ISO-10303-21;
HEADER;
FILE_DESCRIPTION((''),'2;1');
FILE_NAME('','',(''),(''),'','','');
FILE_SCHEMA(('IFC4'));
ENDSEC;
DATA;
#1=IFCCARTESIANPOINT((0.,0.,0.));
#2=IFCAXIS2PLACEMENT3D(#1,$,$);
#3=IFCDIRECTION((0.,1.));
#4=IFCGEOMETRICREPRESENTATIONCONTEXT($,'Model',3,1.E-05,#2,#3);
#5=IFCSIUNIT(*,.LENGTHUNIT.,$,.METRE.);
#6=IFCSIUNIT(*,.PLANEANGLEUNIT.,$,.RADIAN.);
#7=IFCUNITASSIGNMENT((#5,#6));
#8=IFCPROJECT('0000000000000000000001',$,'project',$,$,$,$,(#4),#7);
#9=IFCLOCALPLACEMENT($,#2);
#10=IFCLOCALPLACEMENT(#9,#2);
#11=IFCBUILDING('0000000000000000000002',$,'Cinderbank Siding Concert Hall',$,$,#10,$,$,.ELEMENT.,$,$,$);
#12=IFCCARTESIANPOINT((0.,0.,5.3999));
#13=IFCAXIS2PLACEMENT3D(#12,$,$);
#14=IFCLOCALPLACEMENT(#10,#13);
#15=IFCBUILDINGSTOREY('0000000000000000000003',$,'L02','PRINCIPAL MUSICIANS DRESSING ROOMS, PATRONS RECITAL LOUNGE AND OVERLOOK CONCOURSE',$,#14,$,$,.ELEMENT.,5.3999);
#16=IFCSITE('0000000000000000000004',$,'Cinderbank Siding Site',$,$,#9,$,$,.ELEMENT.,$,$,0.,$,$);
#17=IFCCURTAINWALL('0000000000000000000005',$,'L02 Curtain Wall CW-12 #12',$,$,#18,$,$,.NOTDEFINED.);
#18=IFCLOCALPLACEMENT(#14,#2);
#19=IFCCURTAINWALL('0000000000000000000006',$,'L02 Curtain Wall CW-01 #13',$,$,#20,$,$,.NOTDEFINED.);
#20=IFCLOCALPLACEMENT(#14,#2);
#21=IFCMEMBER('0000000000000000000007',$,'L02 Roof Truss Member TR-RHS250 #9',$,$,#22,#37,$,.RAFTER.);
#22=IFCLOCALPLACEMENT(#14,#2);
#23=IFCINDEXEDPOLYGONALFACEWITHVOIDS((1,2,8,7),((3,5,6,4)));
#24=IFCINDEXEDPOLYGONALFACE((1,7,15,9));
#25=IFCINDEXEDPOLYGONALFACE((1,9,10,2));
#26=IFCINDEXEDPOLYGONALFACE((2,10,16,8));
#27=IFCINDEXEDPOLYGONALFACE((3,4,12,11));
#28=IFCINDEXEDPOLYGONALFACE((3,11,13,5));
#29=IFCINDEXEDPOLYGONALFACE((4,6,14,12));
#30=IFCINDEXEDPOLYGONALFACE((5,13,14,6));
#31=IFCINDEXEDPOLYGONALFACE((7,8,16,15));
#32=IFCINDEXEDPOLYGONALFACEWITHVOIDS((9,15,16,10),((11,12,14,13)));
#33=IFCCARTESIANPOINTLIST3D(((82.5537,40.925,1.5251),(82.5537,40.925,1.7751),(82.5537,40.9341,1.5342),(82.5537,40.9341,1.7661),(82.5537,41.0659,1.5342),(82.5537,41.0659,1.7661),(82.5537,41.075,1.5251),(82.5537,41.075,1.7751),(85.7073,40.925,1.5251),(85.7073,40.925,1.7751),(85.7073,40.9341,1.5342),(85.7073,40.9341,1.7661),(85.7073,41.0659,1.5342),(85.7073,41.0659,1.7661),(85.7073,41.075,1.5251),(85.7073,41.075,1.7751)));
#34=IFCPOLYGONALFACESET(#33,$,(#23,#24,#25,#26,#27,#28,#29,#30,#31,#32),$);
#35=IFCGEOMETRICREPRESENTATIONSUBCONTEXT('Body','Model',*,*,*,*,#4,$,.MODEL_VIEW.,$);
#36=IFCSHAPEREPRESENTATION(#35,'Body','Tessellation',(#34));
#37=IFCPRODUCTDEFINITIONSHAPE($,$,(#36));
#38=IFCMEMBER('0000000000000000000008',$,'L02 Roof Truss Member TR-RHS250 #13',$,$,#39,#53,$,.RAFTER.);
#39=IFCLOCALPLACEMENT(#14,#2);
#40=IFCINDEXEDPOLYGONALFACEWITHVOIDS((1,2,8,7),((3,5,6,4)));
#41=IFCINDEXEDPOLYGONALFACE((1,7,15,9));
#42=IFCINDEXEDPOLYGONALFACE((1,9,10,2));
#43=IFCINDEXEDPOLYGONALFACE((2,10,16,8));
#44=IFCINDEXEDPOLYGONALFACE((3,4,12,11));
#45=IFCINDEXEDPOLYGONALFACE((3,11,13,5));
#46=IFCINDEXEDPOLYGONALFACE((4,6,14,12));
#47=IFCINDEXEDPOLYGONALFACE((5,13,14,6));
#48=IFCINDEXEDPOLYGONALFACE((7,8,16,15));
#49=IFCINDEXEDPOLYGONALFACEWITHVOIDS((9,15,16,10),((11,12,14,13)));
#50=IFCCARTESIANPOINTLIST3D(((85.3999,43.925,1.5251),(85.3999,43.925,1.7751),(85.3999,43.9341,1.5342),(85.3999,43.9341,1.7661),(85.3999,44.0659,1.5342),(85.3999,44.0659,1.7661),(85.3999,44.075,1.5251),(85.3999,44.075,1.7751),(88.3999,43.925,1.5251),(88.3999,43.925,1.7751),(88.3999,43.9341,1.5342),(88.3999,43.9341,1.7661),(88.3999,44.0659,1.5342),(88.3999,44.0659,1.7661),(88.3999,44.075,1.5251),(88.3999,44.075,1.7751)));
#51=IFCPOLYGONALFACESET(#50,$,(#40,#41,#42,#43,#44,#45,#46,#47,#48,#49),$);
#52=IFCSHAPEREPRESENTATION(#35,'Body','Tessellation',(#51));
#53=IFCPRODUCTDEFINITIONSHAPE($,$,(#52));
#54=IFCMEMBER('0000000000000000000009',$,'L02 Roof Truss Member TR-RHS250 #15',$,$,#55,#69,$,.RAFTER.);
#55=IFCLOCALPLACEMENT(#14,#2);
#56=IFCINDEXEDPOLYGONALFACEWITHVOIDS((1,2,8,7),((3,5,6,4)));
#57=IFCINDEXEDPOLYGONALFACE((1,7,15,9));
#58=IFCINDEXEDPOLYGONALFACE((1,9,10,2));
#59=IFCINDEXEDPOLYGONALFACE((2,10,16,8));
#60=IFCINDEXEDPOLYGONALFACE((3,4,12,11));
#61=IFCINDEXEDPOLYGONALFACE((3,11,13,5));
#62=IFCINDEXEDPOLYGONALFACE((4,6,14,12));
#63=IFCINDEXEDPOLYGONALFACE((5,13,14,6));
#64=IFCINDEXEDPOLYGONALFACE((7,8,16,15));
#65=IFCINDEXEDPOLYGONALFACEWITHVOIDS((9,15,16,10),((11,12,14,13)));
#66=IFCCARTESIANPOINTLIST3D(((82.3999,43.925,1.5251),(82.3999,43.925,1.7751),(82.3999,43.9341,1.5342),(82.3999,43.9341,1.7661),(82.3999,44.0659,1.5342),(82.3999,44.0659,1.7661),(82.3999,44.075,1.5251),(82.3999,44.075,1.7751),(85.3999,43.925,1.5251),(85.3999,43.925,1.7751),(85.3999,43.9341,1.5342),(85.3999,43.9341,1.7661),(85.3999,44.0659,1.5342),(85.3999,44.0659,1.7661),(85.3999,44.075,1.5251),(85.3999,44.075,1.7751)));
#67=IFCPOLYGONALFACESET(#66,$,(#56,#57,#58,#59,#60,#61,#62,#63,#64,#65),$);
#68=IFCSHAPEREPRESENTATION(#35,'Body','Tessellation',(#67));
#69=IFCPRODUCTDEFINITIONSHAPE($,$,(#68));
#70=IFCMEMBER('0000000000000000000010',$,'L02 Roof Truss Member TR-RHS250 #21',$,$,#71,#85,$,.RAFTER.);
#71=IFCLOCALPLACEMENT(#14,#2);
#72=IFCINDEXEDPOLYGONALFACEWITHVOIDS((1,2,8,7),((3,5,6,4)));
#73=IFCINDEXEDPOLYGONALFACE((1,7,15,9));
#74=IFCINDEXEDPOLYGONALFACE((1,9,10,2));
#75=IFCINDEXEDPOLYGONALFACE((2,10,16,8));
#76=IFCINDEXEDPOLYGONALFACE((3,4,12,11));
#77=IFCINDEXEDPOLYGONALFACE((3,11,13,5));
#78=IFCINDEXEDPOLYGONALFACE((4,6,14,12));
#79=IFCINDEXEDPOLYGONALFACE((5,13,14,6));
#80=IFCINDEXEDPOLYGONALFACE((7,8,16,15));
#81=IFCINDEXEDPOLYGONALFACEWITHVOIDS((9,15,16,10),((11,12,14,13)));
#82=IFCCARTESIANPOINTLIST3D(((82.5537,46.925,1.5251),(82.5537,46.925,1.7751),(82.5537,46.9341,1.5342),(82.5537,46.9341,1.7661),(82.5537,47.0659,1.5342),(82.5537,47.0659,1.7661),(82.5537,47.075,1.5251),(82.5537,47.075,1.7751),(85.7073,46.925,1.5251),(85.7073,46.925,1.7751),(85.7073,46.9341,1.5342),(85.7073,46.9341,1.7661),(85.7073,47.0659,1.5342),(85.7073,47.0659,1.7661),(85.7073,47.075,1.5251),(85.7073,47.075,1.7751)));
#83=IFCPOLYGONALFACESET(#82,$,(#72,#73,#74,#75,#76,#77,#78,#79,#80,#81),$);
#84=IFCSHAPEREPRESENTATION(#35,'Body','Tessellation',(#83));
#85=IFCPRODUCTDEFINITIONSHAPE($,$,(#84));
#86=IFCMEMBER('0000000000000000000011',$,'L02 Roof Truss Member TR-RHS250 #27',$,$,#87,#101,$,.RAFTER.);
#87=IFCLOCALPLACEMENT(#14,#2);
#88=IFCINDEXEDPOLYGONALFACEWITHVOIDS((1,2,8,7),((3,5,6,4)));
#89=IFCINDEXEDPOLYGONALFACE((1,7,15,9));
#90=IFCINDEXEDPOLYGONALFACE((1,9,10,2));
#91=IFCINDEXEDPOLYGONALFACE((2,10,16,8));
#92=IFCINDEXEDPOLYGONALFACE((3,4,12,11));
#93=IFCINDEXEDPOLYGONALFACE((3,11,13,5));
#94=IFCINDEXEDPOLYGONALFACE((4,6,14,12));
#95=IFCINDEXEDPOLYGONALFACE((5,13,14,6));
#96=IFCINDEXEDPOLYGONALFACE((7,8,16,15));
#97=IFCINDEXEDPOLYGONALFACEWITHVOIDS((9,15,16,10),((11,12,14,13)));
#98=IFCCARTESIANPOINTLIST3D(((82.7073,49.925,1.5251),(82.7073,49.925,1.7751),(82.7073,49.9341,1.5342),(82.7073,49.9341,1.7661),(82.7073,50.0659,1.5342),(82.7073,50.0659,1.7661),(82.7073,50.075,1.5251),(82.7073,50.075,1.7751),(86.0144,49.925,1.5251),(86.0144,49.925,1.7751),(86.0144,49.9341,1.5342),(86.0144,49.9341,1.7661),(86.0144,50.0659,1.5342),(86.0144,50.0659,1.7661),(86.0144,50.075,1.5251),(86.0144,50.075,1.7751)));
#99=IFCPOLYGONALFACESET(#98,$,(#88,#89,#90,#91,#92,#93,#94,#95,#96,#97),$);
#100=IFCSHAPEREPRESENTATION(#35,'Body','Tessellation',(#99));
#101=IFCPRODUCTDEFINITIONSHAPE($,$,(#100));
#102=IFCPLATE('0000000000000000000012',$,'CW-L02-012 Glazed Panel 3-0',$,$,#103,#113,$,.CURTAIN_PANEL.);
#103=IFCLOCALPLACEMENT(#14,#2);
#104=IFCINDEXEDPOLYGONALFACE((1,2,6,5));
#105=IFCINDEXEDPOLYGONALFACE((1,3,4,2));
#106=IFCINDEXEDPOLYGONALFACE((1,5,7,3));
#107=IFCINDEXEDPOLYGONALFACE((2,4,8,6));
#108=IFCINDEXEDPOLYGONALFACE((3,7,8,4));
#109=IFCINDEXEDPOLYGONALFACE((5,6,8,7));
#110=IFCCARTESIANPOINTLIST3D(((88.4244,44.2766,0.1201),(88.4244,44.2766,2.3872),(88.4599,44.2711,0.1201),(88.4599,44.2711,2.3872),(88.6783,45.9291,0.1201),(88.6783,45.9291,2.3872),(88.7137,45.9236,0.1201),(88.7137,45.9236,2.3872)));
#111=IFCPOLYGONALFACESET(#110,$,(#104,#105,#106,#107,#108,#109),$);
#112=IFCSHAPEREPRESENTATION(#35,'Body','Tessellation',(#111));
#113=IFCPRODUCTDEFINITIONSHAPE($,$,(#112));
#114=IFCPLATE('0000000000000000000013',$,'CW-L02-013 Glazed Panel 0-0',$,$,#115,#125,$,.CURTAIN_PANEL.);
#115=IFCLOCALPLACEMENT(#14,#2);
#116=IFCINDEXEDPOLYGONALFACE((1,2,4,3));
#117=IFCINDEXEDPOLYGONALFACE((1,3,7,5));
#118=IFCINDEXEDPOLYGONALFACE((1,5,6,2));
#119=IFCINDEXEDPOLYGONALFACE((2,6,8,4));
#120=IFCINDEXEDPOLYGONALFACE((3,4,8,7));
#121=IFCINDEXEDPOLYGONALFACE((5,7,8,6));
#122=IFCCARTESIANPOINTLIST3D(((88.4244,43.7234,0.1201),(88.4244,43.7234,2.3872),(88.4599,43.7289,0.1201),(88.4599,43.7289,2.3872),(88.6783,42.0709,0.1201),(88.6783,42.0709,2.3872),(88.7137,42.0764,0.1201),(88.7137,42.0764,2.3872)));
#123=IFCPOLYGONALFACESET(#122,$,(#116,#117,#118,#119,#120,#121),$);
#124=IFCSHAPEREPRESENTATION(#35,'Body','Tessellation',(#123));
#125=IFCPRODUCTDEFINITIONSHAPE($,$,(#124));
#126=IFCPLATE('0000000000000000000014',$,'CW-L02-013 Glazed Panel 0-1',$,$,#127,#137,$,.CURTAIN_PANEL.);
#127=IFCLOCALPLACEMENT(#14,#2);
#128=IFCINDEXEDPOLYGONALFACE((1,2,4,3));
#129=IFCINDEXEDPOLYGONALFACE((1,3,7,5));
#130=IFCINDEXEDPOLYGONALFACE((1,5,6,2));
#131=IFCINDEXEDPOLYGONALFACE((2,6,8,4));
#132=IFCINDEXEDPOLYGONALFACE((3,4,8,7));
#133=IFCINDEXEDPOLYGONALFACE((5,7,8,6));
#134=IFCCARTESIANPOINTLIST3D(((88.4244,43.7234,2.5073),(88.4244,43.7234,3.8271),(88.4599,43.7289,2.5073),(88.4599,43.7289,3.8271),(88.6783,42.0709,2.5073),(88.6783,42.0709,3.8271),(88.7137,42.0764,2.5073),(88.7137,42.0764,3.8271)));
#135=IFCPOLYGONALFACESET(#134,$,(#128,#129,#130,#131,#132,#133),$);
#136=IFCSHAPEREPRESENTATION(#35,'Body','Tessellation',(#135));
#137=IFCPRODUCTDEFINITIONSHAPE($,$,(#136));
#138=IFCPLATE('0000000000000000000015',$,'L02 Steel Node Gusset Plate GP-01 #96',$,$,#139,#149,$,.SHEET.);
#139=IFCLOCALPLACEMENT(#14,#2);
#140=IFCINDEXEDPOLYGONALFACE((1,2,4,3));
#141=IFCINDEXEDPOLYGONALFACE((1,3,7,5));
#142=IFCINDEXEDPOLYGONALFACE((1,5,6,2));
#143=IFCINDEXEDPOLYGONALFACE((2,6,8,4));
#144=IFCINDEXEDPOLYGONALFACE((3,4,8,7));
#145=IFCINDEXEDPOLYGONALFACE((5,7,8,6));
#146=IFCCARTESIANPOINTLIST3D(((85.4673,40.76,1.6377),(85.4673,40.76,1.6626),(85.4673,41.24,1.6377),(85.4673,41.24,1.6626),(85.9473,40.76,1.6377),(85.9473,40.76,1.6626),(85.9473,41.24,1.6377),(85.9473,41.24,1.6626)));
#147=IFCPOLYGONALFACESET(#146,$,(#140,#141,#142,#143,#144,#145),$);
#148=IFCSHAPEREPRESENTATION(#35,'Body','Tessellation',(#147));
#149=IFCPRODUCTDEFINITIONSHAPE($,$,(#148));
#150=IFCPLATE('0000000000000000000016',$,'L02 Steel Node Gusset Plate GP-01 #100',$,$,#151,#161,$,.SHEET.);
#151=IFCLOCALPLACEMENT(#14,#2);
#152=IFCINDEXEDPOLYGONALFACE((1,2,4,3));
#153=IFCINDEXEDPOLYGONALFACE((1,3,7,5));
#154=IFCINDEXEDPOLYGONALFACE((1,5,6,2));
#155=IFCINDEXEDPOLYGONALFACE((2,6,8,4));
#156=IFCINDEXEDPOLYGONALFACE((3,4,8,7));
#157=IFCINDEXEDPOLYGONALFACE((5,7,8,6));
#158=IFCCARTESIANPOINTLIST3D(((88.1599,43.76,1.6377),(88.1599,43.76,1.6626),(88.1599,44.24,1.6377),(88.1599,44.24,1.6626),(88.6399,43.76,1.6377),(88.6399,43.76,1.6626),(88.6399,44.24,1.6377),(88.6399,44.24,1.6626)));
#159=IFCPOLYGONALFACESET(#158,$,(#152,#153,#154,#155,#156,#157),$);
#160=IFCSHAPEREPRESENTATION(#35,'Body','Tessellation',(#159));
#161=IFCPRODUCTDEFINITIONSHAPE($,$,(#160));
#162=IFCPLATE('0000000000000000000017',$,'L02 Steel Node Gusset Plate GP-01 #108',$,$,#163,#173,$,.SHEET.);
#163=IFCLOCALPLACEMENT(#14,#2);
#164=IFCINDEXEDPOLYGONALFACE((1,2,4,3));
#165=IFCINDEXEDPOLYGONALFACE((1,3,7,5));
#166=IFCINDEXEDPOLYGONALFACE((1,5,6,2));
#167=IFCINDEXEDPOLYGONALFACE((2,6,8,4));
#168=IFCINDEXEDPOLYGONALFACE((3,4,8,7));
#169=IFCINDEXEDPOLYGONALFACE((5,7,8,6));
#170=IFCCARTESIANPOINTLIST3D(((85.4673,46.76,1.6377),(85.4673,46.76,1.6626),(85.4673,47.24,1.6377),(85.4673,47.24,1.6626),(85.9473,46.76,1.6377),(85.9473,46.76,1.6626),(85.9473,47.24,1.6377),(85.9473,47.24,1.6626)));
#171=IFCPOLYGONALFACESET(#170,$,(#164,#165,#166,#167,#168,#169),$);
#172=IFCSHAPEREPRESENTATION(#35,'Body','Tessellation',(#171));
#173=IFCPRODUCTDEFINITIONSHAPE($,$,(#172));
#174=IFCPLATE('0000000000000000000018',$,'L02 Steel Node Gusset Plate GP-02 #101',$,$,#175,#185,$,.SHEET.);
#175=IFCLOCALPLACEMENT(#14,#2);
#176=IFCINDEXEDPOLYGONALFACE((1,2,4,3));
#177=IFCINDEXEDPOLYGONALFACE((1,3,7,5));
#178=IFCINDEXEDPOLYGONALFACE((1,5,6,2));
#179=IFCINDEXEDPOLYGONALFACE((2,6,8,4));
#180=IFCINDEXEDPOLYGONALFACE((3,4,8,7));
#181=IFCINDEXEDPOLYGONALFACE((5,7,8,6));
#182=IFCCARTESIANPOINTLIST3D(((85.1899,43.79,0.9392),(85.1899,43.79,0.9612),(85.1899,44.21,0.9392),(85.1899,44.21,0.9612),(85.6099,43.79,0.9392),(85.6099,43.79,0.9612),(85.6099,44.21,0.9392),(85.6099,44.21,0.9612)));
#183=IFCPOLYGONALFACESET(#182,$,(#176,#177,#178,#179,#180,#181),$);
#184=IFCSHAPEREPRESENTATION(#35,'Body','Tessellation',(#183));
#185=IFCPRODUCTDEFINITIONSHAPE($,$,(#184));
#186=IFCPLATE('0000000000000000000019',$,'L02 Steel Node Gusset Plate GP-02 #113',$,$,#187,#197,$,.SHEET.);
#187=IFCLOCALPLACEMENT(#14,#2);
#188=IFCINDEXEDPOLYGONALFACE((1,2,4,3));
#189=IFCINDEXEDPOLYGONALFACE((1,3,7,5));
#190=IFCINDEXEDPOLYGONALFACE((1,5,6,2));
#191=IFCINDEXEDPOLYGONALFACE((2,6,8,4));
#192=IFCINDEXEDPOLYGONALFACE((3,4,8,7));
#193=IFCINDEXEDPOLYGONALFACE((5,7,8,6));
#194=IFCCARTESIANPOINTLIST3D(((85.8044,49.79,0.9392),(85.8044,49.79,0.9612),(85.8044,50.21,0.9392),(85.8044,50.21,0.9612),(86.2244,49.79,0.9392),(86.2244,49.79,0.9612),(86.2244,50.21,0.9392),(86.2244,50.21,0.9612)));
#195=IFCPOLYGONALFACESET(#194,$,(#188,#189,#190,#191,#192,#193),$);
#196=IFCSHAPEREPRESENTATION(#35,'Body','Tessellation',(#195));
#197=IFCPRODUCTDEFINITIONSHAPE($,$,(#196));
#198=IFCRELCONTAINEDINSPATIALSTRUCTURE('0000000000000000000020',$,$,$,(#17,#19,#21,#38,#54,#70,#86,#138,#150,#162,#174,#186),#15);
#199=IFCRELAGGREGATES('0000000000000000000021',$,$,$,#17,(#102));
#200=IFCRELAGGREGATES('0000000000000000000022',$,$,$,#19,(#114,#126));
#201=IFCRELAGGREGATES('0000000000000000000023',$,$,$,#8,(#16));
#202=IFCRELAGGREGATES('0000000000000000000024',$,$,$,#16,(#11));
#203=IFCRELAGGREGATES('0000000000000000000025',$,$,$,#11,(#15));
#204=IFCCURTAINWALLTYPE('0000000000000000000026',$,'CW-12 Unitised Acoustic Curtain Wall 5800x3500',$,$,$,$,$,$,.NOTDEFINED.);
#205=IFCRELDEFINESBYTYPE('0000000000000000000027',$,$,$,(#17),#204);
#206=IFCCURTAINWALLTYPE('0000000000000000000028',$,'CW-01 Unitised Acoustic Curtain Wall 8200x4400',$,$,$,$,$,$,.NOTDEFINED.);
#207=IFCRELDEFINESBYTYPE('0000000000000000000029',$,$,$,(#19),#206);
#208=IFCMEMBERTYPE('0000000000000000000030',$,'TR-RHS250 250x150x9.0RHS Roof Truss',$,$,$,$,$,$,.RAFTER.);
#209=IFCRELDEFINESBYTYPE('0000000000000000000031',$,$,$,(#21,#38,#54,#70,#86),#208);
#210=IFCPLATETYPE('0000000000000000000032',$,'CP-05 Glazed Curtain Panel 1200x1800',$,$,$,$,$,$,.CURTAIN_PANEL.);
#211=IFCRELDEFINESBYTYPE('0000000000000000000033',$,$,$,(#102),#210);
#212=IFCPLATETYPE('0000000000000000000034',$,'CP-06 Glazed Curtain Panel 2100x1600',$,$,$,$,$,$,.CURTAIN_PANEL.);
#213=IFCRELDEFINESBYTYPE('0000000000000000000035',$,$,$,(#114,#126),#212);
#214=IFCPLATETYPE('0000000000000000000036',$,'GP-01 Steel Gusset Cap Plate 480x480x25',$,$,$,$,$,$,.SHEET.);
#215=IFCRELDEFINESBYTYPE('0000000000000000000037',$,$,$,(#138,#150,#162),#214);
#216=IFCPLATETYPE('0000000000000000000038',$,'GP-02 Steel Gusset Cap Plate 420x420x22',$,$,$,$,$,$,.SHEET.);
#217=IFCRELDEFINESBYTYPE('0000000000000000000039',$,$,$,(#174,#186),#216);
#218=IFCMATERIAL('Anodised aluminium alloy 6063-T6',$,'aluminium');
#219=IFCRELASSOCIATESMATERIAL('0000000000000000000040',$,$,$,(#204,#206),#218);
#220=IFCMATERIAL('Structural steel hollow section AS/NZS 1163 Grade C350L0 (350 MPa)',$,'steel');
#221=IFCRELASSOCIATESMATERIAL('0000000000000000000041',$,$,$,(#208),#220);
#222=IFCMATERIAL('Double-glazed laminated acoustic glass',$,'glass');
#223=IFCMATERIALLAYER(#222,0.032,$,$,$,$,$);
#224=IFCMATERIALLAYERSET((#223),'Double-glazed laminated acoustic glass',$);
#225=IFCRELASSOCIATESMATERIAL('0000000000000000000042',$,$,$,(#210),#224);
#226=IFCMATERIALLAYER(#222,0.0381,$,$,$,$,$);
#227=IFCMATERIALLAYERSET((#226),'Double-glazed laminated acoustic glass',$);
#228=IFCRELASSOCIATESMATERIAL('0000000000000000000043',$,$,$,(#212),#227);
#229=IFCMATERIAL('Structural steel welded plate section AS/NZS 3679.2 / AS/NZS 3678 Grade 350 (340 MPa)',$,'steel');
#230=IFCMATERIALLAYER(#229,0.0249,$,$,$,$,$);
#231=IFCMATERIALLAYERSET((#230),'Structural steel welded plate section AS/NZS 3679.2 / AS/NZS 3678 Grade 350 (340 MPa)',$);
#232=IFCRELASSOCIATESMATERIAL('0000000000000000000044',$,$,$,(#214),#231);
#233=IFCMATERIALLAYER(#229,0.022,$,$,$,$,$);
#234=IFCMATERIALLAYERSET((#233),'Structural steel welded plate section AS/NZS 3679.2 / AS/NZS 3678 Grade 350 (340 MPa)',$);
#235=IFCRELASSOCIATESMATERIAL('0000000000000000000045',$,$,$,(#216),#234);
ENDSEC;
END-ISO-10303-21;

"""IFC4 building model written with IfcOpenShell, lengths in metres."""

from ifc_helpers import new_model, si_unit, direction, frame, origin, origin_2d, place, context, subcontext, project, spatial, rectangle, hollow_rectangle, extrude, material, layer, layer_set, material_profile, profile_set, type_object, element, aggregate, save


model = new_model("IFC4")

# Units and contexts
model_context = context("Model", 3, precision=1e-05, world=origin(), true_north=direction((0.0, 1.0)))
body_context = subcontext(model_context, "Body", "Model", "MODEL_VIEW")
ifc_project = project(units=[si_unit("LENGTHUNIT", "METRE"), si_unit("PLANEANGLEUNIT", "RADIAN")], contexts=[model_context])

# Site, building, storey
site_placement = place(None, origin())
site = spatial("IfcSite", under=ifc_project, at=site_placement, Name="Cinderbank Siding Site", CompositionType="ELEMENT", RefElevation=0.0)
building_placement = place(site_placement, origin())
building = spatial("IfcBuilding", under=site, at=building_placement, Name="Cinderbank Siding Concert Hall", CompositionType="ELEMENT")
storey_placement = place(building_placement, frame((0.0, 0.0, 5.3999)))
storey = spatial("IfcBuildingStorey", under=building, at=storey_placement, Name="L02", Description="PRINCIPAL MUSICIANS DRESSING ROOMS, PATRONS RECITAL LOUNGE AND OVERLOOK CONCOURSE", CompositionType="ELEMENT", Elevation=5.3999)

# Shared definitions
ifc_material_1 = material(Name="Structural steel hollow section AS/NZS 1163 Grade C350L0 (350 MPa)", Category="steel")

# Shared definitions
ifc_material_2 = material(Name="Structural steel welded plate section AS/NZS 3679.2 / AS/NZS 3678 Grade 350 (340 MPa)", Category="steel")

# Curtain wall
ifc_material_3 = material(Name="Anodised aluminium alloy 6063-T6", Category="aluminium")
curtain_wall_type_1 = type_object("IfcCurtainWallType", Name="CW-12 Unitised Acoustic Curtain Wall 5800x3500", PredefinedType="NOTDEFINED", material=ifc_material_3)
curtain_wall_1_placement = place(storey_placement, origin())
curtain_wall_1 = element("IfcCurtainWall", 1, at=curtain_wall_1_placement, inside=storey, type_object=curtain_wall_type_1, Name="L02 Curtain Wall CW-12 #12", PredefinedType="NOTDEFINED")

# Curtain wall
curtain_wall_type_2 = type_object("IfcCurtainWallType", Name="CW-01 Unitised Acoustic Curtain Wall 8200x4400", PredefinedType="NOTDEFINED", material=ifc_material_3)
curtain_wall_2_placement = place(storey_placement, origin())
curtain_wall_2 = element("IfcCurtainWall", 2, at=curtain_wall_2_placement, inside=storey, type_object=curtain_wall_type_2, Name="L02 Curtain Wall CW-01 #13", PredefinedType="NOTDEFINED")

# Members
ifc_material_profile_1 = material_profile(ifc_material_1, hollow_rectangle(XDim=0.1499, YDim=0.25, WallThickness=0.009, at=origin_2d()), Name="250x150x9.0RHS", Category="LoadBearing")
ifc_profile_set_1 = profile_set([ifc_material_profile_1], Name="Structural steel hollow section AS/NZS 1163 Grade C350L0 (350 MPa)")
member_type_1 = type_object("IfcMemberType", Name="TR-RHS250 250x150x9.0RHS Roof Truss", PredefinedType="RAFTER", material=ifc_profile_set_1)
member_1_placement = place(storey_placement, frame((85.7073, 41.0, 1.6501), z_axis=(-1.0, 0.0, 0.0), x_axis=(0.0, -1.0, 0.0)))
element("IfcMember", 3, at=member_1_placement, inside=storey, type_object=member_type_1, Name="L02 Roof Truss Member TR-RHS250 #9", PredefinedType="RAFTER", context=body_context, shape_type="SweptSolid", body=[
    extrude(hollow_rectangle(XDim=0.1499, YDim=0.25, WallThickness=0.009, at=origin_2d()), origin(), (0.0, 0.0, 1.0), 3.1536),
])
for number, where, z_axis, x_axis, name in (
    (4, (88.3999, 44.0, 1.6501), (-1.0, 0.0, 0.0), (0.0, -1.0, 0.0), "L02 Roof Truss Member TR-RHS250 #13"),
    (5, (85.3999, 44.0, 1.6501), (-1.0, 0.0, 0.0), (0.0, -1.0, 0.0), "L02 Roof Truss Member TR-RHS250 #15"),
):
    element("IfcMember", number, at=place(storey_placement, frame(where, z_axis=z_axis, x_axis=x_axis)), inside=storey, type_object=member_type_1, Name=name, PredefinedType="RAFTER", context=body_context, shape_type="SweptSolid", body=[
        extrude(hollow_rectangle(XDim=0.1499, YDim=0.25, WallThickness=0.009, at=origin_2d()), origin(), (0.0, 0.0, 1.0), 3.0),
    ])
member_2_placement = place(storey_placement, frame((85.7073, 47.0, 1.6501), z_axis=(-1.0, 0.0, 0.0), x_axis=(0.0, -1.0, 0.0)))
element("IfcMember", 6, at=member_2_placement, inside=storey, type_object=member_type_1, Name="L02 Roof Truss Member TR-RHS250 #21", PredefinedType="RAFTER", context=body_context, shape_type="SweptSolid", body=[
    extrude(hollow_rectangle(XDim=0.1499, YDim=0.25, WallThickness=0.009, at=origin_2d()), origin(), (0.0, 0.0, 1.0), 3.1536),
])
member_3_placement = place(storey_placement, frame((86.0144, 50.0, 1.6501), z_axis=(-1.0, 0.0, 0.0), x_axis=(0.0, -1.0, 0.0)))
element("IfcMember", 7, at=member_3_placement, inside=storey, type_object=member_type_1, Name="L02 Roof Truss Member TR-RHS250 #27", PredefinedType="RAFTER", context=body_context, shape_type="SweptSolid", body=[
    extrude(hollow_rectangle(XDim=0.1499, YDim=0.25, WallThickness=0.009, at=origin_2d()), origin(), (0.0, 0.0, 1.0), 3.3071),
])

# Plates
ifc_material_4 = material(Name="Double-glazed laminated acoustic glass", Category="glass")
ifc_layer_1 = layer(ifc_material_4, 0.032)
ifc_layer_set_1 = layer_set([ifc_layer_1], Name="Double-glazed laminated acoustic glass")
plate_type_1 = type_object("IfcPlateType", Name="CP-05 Glazed Curtain Panel 1200x1800", PredefinedType="CURTAIN_PANEL", material=ifc_layer_set_1)
plate_1_placement = place(storey_placement, frame((88.5691, 45.1001, 0.1201), z_axis=(0.0, 0.0, 1.0), x_axis=(-0.151815, -0.988409, 0.0)))
plate_1 = element("IfcPlate", 8, at=plate_1_placement, type_object=plate_type_1, Name="CW-L02-012 Glazed Panel 3-0", PredefinedType="CURTAIN_PANEL", context=body_context, shape_type="SweptSolid", body=[
    extrude(rectangle(XDim=1.6719, YDim=0.0359, at=origin_2d()), origin(), (0.0, 0.0, 1.0), 2.2671),
])
aggregate(curtain_wall_1, [plate_1])
ifc_layer_2 = layer(ifc_material_4, 0.0381)
ifc_layer_set_2 = layer_set([ifc_layer_2], Name="Double-glazed laminated acoustic glass")
plate_type_2 = type_object("IfcPlateType", Name="CP-06 Glazed Curtain Panel 2100x1600", PredefinedType="CURTAIN_PANEL", material=ifc_layer_set_2)
plate_2_placement = place(storey_placement, frame((88.5691, 42.8999, 0.1201), z_axis=(0.0, 0.0, 1.0), x_axis=(0.151815, -0.988409, 0.0)))
plate_2 = element("IfcPlate", 9, at=plate_2_placement, type_object=plate_type_2, Name="CW-L02-013 Glazed Panel 0-0", PredefinedType="CURTAIN_PANEL", context=body_context, shape_type="SweptSolid", body=[
    extrude(rectangle(XDim=1.6719, YDim=0.0359, at=origin_2d()), origin(), (0.0, 0.0, 1.0), 2.2671),
])
plate_3_placement = place(storey_placement, frame((88.5691, 42.8999, 2.5073), z_axis=(0.0, 0.0, 1.0), x_axis=(0.151815, -0.988409, 0.0)))
plate_3 = element("IfcPlate", 10, at=plate_3_placement, type_object=plate_type_2, Name="CW-L02-013 Glazed Panel 0-1", PredefinedType="CURTAIN_PANEL", context=body_context, shape_type="SweptSolid", body=[
    extrude(rectangle(XDim=1.6719, YDim=0.0359, at=origin_2d()), origin(), (0.0, 0.0, 1.0), 1.3198),
])
aggregate(curtain_wall_2, [plate_2, plate_3])

# Plates
ifc_layer_3 = layer(ifc_material_2, 0.0249)
ifc_layer_set_3 = layer_set([ifc_layer_3], Name="Structural steel welded plate section AS/NZS 3679.2 / AS/NZS 3678 Grade 350 (340 MPa)")
plate_type_3 = type_object("IfcPlateType", Name="GP-01 Steel Gusset Cap Plate 480x480x25", PredefinedType="SHEET", material=ifc_layer_set_3)
for number, where, z_axis, x_axis, name in (
    (11, (85.7073, 41.0, 1.6377), (0.0, 0.0, 1.0), (-1.0, 0.0, 0.0), "L02 Steel Node Gusset Plate GP-01 #96"),
    (12, (88.3999, 44.0, 1.6377), (0.0, 0.0, 1.0), (-1.0, 0.0, 0.0), "L02 Steel Node Gusset Plate GP-01 #100"),
    (13, (85.7073, 47.0, 1.6377), (0.0, 0.0, 1.0), (-1.0, 0.0, 0.0), "L02 Steel Node Gusset Plate GP-01 #108"),
):
    element("IfcPlate", number, at=place(storey_placement, frame(where, z_axis=z_axis, x_axis=x_axis)), inside=storey, type_object=plate_type_3, Name=name, PredefinedType="SHEET", context=body_context, shape_type="SweptSolid", body=[
        extrude(rectangle(XDim=0.48, YDim=0.48, at=origin_2d()), origin(), (0.0, 0.0, 1.0), 0.0249),
    ])
ifc_layer_4 = layer(ifc_material_2, 0.022)
ifc_layer_set_4 = layer_set([ifc_layer_4], Name="Structural steel welded plate section AS/NZS 3679.2 / AS/NZS 3678 Grade 350 (340 MPa)")
plate_type_4 = type_object("IfcPlateType", Name="GP-02 Steel Gusset Cap Plate 420x420x22", PredefinedType="SHEET", material=ifc_layer_set_4)
for number, where, z_axis, x_axis, name in (
    (14, (85.3999, 44.0, 0.9392), (0.0, 0.0, 1.0), (-1.0, 0.0, 0.0), "L02 Steel Node Gusset Plate GP-02 #101"),
    (15, (86.0144, 50.0, 0.9392), (0.0, 0.0, 1.0), (-1.0, 0.0, 0.0), "L02 Steel Node Gusset Plate GP-02 #113"),
):
    element("IfcPlate", number, at=place(storey_placement, frame(where, z_axis=z_axis, x_axis=x_axis)), inside=storey, type_object=plate_type_4, Name=name, PredefinedType="SHEET", context=body_context, shape_type="SweptSolid", body=[
        extrude(rectangle(XDim=0.4199, YDim=0.4199, at=origin_2d()), origin(), (0.0, 0.0, 1.0), 0.022),
    ])

save(model, "model.ifc")
